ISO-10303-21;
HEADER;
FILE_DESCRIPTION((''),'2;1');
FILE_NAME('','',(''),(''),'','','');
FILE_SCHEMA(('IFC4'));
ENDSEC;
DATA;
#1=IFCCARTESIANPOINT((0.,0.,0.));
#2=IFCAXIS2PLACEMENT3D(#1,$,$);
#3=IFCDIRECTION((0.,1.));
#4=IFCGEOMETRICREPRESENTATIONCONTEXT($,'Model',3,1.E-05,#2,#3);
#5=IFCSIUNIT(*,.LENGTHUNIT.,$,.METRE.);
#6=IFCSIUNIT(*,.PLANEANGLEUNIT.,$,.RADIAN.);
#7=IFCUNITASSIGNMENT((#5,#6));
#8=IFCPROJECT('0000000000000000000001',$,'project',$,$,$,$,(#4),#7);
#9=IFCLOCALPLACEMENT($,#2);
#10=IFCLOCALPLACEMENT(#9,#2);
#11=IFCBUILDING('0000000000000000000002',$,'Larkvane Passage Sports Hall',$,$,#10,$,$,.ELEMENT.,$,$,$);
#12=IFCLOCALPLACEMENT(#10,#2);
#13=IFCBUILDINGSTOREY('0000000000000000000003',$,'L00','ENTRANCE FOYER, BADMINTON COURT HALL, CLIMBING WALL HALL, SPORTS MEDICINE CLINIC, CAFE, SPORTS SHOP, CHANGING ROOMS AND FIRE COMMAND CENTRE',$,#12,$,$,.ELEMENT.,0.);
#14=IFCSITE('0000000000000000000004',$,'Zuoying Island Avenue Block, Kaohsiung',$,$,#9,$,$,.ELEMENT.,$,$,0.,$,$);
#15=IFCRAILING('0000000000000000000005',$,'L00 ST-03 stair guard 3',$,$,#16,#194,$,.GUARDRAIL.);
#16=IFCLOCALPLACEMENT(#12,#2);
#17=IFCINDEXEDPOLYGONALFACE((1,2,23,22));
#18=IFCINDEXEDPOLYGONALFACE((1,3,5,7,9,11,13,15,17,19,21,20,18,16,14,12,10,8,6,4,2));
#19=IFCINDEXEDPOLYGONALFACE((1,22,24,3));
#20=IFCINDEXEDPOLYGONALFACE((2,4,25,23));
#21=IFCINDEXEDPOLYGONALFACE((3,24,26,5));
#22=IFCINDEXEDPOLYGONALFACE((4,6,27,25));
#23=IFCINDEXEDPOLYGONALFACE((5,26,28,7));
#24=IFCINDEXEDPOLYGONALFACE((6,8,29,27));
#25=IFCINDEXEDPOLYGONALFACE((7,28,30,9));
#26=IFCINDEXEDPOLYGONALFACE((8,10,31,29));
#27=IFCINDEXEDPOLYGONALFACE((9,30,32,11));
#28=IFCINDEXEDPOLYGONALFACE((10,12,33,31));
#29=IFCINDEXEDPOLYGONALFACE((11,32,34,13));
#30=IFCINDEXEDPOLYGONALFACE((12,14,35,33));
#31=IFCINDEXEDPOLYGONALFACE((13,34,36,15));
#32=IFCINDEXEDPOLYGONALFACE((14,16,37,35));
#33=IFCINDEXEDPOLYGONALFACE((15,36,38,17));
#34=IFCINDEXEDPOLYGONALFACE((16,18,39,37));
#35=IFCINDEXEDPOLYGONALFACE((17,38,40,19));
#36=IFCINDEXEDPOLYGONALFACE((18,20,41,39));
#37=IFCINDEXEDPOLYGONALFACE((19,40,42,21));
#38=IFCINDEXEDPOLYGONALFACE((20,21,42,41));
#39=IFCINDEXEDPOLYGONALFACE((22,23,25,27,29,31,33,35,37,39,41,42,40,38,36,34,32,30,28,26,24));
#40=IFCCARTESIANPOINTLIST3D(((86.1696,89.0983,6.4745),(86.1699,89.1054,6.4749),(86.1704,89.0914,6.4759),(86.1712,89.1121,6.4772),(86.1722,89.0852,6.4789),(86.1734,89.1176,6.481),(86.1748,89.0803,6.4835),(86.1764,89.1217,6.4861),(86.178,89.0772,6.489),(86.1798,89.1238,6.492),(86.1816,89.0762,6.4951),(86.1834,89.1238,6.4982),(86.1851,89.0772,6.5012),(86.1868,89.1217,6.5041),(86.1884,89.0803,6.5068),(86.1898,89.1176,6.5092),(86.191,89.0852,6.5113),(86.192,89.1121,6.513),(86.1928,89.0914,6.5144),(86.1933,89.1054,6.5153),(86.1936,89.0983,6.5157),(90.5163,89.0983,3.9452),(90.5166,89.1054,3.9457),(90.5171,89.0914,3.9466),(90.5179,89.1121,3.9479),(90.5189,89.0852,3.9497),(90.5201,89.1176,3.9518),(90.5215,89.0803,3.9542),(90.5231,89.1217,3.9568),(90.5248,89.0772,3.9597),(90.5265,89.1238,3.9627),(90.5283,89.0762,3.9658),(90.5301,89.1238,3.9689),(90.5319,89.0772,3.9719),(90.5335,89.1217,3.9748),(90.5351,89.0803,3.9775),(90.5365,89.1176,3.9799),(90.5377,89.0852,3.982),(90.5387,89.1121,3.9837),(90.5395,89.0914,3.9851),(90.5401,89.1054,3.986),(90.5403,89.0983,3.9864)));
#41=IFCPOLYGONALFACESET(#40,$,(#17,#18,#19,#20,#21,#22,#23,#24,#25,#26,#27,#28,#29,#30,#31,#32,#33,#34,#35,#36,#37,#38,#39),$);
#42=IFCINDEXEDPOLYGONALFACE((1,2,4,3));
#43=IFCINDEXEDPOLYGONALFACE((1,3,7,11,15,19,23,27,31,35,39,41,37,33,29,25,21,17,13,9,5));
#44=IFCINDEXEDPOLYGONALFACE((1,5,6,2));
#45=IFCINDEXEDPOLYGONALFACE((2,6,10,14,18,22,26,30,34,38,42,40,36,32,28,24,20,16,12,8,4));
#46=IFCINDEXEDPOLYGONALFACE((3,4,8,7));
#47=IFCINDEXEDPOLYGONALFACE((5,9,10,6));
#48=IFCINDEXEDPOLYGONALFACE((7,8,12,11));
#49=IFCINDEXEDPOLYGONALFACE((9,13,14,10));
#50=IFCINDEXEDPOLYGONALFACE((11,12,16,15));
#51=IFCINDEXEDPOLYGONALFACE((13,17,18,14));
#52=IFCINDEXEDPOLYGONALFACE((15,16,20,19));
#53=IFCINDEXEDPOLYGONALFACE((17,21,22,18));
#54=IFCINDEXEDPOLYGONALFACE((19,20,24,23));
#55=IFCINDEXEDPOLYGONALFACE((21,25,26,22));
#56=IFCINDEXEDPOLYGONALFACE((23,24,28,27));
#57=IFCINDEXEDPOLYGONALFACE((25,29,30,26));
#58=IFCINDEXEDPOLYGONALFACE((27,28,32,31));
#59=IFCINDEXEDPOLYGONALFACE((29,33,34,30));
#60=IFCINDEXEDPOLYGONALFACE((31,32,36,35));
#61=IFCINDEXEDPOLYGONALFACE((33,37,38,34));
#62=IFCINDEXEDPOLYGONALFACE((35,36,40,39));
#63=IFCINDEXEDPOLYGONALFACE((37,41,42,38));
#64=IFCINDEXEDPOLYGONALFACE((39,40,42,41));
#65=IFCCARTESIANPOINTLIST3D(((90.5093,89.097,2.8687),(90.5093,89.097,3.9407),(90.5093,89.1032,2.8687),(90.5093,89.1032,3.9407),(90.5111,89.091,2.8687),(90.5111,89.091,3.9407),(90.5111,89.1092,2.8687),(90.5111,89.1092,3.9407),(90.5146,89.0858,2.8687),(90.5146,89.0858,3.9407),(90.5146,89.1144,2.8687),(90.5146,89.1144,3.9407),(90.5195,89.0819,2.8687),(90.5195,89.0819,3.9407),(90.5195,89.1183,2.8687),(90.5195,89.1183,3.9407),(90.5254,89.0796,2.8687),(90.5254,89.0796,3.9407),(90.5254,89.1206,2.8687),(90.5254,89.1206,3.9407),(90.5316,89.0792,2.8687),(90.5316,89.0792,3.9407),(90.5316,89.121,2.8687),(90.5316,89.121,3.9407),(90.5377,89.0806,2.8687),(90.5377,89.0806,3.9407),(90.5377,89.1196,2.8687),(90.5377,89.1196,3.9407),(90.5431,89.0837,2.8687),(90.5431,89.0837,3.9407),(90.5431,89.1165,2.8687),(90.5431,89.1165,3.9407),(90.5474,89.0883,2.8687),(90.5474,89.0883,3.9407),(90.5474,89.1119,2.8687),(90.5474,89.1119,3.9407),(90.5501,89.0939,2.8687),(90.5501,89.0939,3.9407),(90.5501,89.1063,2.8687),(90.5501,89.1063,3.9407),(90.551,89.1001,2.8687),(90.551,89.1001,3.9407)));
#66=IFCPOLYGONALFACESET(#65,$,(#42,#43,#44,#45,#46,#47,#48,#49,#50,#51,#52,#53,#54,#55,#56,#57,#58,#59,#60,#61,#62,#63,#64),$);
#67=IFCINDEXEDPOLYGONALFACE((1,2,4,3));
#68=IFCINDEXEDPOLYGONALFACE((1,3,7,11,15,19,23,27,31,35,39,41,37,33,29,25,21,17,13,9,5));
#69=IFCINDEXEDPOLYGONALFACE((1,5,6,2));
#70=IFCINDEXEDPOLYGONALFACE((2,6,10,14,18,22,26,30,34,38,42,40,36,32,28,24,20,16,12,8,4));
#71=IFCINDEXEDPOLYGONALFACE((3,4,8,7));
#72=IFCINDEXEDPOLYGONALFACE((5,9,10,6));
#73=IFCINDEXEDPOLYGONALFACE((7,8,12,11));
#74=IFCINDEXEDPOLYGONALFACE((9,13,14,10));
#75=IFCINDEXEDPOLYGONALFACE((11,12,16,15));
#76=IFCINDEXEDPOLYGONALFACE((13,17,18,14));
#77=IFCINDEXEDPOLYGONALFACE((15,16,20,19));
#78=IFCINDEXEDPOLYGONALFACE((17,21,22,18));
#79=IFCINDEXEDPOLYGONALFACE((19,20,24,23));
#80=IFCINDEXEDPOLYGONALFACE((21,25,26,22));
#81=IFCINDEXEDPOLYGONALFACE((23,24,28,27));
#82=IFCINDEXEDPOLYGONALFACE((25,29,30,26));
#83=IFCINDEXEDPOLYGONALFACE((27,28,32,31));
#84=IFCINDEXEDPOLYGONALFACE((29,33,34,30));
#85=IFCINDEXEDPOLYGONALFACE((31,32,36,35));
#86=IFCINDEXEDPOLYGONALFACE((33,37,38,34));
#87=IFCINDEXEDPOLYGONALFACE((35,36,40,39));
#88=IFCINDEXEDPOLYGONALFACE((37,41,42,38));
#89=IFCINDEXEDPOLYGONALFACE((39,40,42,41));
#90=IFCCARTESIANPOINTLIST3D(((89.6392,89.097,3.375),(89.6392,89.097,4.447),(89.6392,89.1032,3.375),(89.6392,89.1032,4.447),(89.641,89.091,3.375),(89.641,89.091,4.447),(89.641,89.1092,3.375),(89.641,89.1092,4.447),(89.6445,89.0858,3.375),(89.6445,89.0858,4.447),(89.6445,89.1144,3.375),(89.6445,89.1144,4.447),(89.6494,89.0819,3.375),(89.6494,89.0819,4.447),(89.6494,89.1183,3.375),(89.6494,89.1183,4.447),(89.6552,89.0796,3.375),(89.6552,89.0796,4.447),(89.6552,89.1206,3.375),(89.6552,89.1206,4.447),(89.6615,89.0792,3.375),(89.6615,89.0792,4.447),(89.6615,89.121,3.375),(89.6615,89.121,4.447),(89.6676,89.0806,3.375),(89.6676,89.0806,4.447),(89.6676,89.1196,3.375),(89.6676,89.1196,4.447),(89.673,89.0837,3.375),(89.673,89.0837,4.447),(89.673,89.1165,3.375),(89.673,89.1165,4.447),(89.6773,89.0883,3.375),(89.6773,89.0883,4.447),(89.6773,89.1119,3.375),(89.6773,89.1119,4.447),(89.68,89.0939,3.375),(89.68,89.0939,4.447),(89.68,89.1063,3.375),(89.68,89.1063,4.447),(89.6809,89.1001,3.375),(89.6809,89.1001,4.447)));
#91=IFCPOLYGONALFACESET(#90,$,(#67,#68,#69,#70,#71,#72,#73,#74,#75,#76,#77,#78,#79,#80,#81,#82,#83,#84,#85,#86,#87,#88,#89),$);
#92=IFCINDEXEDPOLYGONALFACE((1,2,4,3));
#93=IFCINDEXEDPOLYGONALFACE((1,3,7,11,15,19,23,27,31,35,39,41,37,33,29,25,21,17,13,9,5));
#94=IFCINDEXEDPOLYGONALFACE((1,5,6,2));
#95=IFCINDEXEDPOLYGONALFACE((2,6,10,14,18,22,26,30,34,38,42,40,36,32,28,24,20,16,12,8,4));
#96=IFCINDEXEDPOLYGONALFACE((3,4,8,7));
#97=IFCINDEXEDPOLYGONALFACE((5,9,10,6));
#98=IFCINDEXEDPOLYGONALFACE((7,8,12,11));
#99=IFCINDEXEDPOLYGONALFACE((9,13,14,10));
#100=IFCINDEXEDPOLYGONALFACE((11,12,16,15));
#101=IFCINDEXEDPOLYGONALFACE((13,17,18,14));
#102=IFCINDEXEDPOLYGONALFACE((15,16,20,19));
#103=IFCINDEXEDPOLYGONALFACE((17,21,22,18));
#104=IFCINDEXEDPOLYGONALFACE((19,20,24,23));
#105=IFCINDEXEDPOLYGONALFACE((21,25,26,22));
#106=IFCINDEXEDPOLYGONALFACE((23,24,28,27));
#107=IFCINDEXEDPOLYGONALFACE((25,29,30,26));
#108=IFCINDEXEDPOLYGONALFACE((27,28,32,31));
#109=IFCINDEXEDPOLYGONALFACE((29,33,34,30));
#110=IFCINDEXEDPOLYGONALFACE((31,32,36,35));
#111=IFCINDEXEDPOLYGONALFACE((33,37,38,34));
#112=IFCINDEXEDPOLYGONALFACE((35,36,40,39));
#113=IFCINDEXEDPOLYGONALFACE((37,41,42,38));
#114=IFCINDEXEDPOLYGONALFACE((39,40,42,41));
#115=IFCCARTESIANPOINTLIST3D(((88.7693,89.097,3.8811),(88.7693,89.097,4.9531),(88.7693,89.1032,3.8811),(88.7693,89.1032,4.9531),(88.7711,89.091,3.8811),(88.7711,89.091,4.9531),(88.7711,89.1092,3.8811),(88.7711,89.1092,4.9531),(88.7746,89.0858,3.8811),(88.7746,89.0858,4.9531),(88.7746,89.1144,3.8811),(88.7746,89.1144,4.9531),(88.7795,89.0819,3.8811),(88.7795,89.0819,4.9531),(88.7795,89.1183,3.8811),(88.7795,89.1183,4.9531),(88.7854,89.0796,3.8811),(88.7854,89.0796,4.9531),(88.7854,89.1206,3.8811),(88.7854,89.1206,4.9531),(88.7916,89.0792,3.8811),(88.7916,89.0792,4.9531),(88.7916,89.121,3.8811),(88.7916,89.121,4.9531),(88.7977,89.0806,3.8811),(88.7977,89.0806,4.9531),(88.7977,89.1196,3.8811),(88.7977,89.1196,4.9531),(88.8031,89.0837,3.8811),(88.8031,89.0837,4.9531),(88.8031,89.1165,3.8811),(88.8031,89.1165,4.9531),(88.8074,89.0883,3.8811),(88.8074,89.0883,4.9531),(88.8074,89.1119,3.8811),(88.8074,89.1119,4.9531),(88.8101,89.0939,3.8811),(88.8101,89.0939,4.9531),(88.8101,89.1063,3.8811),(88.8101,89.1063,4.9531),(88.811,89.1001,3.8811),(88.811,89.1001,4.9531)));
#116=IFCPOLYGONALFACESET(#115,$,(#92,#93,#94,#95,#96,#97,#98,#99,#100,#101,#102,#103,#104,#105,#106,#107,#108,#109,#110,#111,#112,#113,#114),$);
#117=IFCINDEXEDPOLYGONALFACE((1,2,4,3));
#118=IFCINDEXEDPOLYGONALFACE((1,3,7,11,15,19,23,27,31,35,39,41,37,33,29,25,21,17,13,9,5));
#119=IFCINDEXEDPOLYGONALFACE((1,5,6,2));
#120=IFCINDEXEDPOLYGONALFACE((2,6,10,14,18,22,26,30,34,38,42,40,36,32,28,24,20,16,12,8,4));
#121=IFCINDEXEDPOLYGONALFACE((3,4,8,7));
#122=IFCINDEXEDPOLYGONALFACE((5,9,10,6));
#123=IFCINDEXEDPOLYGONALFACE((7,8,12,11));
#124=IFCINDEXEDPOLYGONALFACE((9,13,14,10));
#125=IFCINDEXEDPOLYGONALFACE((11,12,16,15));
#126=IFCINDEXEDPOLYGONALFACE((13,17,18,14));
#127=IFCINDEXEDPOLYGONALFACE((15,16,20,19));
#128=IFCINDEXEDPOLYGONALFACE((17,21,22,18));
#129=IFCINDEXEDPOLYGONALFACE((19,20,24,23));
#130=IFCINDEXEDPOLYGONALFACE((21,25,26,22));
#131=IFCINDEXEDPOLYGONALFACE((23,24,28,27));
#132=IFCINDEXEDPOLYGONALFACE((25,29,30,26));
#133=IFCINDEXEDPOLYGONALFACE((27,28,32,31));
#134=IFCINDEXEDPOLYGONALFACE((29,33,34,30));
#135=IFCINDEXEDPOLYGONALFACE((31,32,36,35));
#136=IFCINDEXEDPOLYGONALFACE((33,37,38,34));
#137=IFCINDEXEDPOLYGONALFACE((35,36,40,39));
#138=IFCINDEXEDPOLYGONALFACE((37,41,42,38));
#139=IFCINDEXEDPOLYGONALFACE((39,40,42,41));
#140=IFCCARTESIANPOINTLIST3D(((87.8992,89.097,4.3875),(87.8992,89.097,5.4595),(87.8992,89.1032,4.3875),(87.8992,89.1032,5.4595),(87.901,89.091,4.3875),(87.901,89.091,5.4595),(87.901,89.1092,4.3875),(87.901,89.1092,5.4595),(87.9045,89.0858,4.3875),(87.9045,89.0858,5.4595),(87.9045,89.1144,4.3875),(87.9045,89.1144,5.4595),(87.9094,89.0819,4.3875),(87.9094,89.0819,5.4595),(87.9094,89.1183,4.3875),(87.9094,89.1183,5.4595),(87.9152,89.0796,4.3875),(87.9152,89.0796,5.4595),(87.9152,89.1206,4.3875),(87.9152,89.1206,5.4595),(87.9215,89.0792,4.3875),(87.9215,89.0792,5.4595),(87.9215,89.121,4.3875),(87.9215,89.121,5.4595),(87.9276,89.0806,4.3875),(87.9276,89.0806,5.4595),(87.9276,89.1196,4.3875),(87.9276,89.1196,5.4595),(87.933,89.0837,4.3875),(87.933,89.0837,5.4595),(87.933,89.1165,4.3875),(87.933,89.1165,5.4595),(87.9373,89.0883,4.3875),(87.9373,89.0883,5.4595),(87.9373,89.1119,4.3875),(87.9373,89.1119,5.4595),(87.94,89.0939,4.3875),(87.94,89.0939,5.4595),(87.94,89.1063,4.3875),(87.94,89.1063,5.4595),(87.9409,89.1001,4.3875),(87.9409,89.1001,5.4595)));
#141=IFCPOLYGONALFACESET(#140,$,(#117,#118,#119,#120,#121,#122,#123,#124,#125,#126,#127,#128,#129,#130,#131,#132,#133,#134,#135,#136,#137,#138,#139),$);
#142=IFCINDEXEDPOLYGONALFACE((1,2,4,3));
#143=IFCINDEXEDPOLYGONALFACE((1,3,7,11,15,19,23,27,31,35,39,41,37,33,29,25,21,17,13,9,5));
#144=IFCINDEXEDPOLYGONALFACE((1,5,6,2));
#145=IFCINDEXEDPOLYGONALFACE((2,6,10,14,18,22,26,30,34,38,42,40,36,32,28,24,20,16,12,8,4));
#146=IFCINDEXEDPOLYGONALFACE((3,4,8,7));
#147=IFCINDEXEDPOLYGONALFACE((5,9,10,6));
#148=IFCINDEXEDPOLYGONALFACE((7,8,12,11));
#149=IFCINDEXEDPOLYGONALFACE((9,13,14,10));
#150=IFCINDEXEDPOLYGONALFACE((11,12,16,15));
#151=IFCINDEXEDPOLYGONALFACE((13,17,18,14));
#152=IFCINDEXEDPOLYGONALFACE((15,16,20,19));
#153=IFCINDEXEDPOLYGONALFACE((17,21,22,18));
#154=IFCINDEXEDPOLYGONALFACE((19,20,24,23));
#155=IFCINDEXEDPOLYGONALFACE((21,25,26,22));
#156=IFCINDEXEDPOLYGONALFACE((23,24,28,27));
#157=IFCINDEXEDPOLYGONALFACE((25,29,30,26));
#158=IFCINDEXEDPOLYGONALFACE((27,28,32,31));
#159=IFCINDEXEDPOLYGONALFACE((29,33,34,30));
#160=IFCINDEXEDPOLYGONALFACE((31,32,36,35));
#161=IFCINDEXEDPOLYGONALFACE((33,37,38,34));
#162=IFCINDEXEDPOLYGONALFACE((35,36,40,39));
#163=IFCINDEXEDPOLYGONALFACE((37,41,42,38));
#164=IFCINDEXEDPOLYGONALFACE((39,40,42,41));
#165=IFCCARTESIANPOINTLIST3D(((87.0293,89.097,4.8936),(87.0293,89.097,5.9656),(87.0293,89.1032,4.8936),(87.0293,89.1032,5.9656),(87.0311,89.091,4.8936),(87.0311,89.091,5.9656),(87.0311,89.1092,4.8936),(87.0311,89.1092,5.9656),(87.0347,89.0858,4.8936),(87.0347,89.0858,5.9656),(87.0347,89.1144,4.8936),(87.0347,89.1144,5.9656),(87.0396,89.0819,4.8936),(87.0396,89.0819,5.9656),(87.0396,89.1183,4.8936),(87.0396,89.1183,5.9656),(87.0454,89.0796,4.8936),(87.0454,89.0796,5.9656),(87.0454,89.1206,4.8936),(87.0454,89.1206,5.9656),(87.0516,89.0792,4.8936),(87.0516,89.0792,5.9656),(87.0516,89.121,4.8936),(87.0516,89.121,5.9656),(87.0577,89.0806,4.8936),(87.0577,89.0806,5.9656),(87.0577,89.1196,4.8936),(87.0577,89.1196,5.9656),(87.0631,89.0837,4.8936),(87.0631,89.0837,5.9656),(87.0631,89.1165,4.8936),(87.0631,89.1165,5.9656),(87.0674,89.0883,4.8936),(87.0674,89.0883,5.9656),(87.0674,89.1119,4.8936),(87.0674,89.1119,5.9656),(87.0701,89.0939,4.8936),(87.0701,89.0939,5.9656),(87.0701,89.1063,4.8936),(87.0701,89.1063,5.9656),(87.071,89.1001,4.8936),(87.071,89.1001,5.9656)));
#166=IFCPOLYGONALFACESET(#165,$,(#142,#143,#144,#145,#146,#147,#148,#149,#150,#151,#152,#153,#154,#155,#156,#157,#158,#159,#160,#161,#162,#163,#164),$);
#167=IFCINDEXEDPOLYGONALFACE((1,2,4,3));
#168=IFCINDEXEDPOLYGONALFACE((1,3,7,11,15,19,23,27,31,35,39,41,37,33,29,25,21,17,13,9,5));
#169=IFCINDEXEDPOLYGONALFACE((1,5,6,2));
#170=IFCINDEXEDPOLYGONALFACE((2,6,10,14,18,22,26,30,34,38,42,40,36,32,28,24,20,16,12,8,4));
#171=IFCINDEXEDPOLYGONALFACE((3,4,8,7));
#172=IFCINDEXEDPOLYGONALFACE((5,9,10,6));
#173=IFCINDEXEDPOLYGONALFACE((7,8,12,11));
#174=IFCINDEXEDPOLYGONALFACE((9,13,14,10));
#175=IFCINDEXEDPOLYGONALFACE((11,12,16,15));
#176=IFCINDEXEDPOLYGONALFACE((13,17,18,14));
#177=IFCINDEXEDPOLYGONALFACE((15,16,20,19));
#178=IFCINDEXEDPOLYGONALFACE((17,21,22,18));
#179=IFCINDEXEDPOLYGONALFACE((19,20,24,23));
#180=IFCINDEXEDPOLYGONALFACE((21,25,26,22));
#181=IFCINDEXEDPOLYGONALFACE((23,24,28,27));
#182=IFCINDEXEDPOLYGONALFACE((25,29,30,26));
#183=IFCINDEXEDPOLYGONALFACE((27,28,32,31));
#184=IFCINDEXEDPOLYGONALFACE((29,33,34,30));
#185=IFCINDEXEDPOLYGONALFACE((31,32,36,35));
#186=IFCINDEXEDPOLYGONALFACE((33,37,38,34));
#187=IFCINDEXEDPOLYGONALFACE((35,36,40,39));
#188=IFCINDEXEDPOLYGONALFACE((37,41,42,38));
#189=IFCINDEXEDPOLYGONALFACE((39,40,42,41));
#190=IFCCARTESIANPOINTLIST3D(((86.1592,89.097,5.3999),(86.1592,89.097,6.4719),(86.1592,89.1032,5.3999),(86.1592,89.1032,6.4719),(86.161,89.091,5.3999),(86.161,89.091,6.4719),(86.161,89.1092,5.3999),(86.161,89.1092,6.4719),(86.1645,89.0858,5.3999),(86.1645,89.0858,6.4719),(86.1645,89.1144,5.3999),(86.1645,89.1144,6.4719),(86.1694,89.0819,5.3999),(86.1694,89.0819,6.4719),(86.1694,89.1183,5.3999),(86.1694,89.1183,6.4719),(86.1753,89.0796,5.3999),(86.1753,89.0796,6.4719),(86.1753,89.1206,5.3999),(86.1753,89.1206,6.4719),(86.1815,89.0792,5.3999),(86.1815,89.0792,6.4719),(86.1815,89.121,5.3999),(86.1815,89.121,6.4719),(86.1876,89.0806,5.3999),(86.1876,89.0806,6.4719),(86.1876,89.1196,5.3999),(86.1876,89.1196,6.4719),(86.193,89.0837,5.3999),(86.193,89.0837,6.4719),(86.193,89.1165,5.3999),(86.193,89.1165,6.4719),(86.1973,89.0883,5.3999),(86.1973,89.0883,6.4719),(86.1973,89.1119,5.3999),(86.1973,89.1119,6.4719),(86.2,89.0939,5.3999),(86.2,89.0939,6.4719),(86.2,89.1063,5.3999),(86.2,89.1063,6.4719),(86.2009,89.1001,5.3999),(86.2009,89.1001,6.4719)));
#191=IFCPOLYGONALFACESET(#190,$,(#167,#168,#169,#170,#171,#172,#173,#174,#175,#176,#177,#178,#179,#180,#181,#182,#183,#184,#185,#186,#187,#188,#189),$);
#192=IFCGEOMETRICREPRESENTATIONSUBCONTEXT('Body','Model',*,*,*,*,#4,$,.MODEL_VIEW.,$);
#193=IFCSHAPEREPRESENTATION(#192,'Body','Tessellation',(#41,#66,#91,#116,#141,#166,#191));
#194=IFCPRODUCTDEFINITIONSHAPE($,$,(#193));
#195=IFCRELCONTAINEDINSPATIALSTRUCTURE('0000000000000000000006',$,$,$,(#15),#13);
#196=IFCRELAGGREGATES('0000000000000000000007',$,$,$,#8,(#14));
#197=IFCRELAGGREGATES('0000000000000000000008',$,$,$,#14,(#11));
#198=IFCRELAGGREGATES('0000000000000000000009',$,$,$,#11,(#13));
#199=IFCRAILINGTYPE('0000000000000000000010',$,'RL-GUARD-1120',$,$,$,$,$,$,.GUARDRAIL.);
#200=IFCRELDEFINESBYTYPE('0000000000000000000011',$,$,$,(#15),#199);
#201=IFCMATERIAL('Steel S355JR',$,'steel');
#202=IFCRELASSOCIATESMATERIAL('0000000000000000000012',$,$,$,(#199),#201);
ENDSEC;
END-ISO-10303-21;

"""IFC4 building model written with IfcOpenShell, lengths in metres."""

from ifc_helpers import new_model, si_unit, direction, frame, origin, origin_2d, place, context, subcontext, project, spatial, circle, extrude, material, type_object, element, save


model = new_model("IFC4")

# Units and contexts
model_context = context("Model", 3, precision=1e-05, world=origin(), true_north=direction((0.0, 1.0)))
body_context = subcontext(model_context, "Body", "Model", "MODEL_VIEW")
ifc_project = project(units=[si_unit("LENGTHUNIT", "METRE"), si_unit("PLANEANGLEUNIT", "RADIAN")], contexts=[model_context])

# Site, building, storey
site_placement = place(None, origin())
site = spatial("IfcSite", under=ifc_project, at=site_placement, Name="Zuoying Island Avenue Block, Kaohsiung", CompositionType="ELEMENT", RefElevation=0.0)
building_placement = place(site_placement, origin())
building = spatial("IfcBuilding", under=site, at=building_placement, Name="Larkvane Passage Sports Hall", CompositionType="ELEMENT")
storey_placement = place(building_placement, origin())
storey = spatial("IfcBuildingStorey", under=building, at=storey_placement, Name="L00", Description="ENTRANCE FOYER, BADMINTON COURT HALL, CLIMBING WALL HALL, SPORTS MEDICINE CLINIC, CAFE, SPORTS SHOP, CHANGING ROOMS AND FIRE COMMAND CENTRE", CompositionType="ELEMENT", Elevation=0.0)

# Shared definitions
ifc_material_1 = material(Name="Steel S355JR", Category="steel")

# Railing
railing_type_1 = type_object("IfcRailingType", Name="RL-GUARD-1120", PredefinedType="GUARDRAIL", material=ifc_material_1)
railing_1_placement = place(storey_placement, frame((90.53, 89.1001, 2.8687)))
element("IfcRailing", 1, at=railing_1_placement, inside=storey, type_object=railing_type_1, Name="L00 ST-03 stair guard 3", PredefinedType="GUARDRAIL", context=body_context, shape_type="SweptSolid", body=[
    extrude(circle(Radius=0.0239, at=origin_2d()), frame((-0.0017, 0.0, 1.0972), z_axis=(-0.864324, 0.0, 0.502936), x_axis=(0.0, -1.0, 0.0)), (0.0, 0.0, 1.0), 5.0291),
    extrude(circle(Radius=0.021, at=origin_2d()), origin(), (0.0, 0.0, 1.0), 1.072),
    extrude(circle(Radius=0.021, at=origin_2d()), frame((-0.8701, 0.0, 0.5063)), (0.0, 0.0, 1.0), 1.072),
    extrude(circle(Radius=0.021, at=origin_2d()), frame((-1.74, 0.0, 1.0125)), (0.0, 0.0, 1.0), 1.072),
    extrude(circle(Radius=0.021, at=origin_2d()), frame((-2.6101, 0.0, 1.5188)), (0.0, 0.0, 1.0), 1.072),
    extrude(circle(Radius=0.021, at=origin_2d()), frame((-3.48, 0.0, 2.0249)), (0.0, 0.0, 1.0), 1.072),
    extrude(circle(Radius=0.021, at=origin_2d()), frame((-4.3501, 0.0, 2.5312)), (0.0, 0.0, 1.0), 1.072),
])

save(model, "model.ifc")
